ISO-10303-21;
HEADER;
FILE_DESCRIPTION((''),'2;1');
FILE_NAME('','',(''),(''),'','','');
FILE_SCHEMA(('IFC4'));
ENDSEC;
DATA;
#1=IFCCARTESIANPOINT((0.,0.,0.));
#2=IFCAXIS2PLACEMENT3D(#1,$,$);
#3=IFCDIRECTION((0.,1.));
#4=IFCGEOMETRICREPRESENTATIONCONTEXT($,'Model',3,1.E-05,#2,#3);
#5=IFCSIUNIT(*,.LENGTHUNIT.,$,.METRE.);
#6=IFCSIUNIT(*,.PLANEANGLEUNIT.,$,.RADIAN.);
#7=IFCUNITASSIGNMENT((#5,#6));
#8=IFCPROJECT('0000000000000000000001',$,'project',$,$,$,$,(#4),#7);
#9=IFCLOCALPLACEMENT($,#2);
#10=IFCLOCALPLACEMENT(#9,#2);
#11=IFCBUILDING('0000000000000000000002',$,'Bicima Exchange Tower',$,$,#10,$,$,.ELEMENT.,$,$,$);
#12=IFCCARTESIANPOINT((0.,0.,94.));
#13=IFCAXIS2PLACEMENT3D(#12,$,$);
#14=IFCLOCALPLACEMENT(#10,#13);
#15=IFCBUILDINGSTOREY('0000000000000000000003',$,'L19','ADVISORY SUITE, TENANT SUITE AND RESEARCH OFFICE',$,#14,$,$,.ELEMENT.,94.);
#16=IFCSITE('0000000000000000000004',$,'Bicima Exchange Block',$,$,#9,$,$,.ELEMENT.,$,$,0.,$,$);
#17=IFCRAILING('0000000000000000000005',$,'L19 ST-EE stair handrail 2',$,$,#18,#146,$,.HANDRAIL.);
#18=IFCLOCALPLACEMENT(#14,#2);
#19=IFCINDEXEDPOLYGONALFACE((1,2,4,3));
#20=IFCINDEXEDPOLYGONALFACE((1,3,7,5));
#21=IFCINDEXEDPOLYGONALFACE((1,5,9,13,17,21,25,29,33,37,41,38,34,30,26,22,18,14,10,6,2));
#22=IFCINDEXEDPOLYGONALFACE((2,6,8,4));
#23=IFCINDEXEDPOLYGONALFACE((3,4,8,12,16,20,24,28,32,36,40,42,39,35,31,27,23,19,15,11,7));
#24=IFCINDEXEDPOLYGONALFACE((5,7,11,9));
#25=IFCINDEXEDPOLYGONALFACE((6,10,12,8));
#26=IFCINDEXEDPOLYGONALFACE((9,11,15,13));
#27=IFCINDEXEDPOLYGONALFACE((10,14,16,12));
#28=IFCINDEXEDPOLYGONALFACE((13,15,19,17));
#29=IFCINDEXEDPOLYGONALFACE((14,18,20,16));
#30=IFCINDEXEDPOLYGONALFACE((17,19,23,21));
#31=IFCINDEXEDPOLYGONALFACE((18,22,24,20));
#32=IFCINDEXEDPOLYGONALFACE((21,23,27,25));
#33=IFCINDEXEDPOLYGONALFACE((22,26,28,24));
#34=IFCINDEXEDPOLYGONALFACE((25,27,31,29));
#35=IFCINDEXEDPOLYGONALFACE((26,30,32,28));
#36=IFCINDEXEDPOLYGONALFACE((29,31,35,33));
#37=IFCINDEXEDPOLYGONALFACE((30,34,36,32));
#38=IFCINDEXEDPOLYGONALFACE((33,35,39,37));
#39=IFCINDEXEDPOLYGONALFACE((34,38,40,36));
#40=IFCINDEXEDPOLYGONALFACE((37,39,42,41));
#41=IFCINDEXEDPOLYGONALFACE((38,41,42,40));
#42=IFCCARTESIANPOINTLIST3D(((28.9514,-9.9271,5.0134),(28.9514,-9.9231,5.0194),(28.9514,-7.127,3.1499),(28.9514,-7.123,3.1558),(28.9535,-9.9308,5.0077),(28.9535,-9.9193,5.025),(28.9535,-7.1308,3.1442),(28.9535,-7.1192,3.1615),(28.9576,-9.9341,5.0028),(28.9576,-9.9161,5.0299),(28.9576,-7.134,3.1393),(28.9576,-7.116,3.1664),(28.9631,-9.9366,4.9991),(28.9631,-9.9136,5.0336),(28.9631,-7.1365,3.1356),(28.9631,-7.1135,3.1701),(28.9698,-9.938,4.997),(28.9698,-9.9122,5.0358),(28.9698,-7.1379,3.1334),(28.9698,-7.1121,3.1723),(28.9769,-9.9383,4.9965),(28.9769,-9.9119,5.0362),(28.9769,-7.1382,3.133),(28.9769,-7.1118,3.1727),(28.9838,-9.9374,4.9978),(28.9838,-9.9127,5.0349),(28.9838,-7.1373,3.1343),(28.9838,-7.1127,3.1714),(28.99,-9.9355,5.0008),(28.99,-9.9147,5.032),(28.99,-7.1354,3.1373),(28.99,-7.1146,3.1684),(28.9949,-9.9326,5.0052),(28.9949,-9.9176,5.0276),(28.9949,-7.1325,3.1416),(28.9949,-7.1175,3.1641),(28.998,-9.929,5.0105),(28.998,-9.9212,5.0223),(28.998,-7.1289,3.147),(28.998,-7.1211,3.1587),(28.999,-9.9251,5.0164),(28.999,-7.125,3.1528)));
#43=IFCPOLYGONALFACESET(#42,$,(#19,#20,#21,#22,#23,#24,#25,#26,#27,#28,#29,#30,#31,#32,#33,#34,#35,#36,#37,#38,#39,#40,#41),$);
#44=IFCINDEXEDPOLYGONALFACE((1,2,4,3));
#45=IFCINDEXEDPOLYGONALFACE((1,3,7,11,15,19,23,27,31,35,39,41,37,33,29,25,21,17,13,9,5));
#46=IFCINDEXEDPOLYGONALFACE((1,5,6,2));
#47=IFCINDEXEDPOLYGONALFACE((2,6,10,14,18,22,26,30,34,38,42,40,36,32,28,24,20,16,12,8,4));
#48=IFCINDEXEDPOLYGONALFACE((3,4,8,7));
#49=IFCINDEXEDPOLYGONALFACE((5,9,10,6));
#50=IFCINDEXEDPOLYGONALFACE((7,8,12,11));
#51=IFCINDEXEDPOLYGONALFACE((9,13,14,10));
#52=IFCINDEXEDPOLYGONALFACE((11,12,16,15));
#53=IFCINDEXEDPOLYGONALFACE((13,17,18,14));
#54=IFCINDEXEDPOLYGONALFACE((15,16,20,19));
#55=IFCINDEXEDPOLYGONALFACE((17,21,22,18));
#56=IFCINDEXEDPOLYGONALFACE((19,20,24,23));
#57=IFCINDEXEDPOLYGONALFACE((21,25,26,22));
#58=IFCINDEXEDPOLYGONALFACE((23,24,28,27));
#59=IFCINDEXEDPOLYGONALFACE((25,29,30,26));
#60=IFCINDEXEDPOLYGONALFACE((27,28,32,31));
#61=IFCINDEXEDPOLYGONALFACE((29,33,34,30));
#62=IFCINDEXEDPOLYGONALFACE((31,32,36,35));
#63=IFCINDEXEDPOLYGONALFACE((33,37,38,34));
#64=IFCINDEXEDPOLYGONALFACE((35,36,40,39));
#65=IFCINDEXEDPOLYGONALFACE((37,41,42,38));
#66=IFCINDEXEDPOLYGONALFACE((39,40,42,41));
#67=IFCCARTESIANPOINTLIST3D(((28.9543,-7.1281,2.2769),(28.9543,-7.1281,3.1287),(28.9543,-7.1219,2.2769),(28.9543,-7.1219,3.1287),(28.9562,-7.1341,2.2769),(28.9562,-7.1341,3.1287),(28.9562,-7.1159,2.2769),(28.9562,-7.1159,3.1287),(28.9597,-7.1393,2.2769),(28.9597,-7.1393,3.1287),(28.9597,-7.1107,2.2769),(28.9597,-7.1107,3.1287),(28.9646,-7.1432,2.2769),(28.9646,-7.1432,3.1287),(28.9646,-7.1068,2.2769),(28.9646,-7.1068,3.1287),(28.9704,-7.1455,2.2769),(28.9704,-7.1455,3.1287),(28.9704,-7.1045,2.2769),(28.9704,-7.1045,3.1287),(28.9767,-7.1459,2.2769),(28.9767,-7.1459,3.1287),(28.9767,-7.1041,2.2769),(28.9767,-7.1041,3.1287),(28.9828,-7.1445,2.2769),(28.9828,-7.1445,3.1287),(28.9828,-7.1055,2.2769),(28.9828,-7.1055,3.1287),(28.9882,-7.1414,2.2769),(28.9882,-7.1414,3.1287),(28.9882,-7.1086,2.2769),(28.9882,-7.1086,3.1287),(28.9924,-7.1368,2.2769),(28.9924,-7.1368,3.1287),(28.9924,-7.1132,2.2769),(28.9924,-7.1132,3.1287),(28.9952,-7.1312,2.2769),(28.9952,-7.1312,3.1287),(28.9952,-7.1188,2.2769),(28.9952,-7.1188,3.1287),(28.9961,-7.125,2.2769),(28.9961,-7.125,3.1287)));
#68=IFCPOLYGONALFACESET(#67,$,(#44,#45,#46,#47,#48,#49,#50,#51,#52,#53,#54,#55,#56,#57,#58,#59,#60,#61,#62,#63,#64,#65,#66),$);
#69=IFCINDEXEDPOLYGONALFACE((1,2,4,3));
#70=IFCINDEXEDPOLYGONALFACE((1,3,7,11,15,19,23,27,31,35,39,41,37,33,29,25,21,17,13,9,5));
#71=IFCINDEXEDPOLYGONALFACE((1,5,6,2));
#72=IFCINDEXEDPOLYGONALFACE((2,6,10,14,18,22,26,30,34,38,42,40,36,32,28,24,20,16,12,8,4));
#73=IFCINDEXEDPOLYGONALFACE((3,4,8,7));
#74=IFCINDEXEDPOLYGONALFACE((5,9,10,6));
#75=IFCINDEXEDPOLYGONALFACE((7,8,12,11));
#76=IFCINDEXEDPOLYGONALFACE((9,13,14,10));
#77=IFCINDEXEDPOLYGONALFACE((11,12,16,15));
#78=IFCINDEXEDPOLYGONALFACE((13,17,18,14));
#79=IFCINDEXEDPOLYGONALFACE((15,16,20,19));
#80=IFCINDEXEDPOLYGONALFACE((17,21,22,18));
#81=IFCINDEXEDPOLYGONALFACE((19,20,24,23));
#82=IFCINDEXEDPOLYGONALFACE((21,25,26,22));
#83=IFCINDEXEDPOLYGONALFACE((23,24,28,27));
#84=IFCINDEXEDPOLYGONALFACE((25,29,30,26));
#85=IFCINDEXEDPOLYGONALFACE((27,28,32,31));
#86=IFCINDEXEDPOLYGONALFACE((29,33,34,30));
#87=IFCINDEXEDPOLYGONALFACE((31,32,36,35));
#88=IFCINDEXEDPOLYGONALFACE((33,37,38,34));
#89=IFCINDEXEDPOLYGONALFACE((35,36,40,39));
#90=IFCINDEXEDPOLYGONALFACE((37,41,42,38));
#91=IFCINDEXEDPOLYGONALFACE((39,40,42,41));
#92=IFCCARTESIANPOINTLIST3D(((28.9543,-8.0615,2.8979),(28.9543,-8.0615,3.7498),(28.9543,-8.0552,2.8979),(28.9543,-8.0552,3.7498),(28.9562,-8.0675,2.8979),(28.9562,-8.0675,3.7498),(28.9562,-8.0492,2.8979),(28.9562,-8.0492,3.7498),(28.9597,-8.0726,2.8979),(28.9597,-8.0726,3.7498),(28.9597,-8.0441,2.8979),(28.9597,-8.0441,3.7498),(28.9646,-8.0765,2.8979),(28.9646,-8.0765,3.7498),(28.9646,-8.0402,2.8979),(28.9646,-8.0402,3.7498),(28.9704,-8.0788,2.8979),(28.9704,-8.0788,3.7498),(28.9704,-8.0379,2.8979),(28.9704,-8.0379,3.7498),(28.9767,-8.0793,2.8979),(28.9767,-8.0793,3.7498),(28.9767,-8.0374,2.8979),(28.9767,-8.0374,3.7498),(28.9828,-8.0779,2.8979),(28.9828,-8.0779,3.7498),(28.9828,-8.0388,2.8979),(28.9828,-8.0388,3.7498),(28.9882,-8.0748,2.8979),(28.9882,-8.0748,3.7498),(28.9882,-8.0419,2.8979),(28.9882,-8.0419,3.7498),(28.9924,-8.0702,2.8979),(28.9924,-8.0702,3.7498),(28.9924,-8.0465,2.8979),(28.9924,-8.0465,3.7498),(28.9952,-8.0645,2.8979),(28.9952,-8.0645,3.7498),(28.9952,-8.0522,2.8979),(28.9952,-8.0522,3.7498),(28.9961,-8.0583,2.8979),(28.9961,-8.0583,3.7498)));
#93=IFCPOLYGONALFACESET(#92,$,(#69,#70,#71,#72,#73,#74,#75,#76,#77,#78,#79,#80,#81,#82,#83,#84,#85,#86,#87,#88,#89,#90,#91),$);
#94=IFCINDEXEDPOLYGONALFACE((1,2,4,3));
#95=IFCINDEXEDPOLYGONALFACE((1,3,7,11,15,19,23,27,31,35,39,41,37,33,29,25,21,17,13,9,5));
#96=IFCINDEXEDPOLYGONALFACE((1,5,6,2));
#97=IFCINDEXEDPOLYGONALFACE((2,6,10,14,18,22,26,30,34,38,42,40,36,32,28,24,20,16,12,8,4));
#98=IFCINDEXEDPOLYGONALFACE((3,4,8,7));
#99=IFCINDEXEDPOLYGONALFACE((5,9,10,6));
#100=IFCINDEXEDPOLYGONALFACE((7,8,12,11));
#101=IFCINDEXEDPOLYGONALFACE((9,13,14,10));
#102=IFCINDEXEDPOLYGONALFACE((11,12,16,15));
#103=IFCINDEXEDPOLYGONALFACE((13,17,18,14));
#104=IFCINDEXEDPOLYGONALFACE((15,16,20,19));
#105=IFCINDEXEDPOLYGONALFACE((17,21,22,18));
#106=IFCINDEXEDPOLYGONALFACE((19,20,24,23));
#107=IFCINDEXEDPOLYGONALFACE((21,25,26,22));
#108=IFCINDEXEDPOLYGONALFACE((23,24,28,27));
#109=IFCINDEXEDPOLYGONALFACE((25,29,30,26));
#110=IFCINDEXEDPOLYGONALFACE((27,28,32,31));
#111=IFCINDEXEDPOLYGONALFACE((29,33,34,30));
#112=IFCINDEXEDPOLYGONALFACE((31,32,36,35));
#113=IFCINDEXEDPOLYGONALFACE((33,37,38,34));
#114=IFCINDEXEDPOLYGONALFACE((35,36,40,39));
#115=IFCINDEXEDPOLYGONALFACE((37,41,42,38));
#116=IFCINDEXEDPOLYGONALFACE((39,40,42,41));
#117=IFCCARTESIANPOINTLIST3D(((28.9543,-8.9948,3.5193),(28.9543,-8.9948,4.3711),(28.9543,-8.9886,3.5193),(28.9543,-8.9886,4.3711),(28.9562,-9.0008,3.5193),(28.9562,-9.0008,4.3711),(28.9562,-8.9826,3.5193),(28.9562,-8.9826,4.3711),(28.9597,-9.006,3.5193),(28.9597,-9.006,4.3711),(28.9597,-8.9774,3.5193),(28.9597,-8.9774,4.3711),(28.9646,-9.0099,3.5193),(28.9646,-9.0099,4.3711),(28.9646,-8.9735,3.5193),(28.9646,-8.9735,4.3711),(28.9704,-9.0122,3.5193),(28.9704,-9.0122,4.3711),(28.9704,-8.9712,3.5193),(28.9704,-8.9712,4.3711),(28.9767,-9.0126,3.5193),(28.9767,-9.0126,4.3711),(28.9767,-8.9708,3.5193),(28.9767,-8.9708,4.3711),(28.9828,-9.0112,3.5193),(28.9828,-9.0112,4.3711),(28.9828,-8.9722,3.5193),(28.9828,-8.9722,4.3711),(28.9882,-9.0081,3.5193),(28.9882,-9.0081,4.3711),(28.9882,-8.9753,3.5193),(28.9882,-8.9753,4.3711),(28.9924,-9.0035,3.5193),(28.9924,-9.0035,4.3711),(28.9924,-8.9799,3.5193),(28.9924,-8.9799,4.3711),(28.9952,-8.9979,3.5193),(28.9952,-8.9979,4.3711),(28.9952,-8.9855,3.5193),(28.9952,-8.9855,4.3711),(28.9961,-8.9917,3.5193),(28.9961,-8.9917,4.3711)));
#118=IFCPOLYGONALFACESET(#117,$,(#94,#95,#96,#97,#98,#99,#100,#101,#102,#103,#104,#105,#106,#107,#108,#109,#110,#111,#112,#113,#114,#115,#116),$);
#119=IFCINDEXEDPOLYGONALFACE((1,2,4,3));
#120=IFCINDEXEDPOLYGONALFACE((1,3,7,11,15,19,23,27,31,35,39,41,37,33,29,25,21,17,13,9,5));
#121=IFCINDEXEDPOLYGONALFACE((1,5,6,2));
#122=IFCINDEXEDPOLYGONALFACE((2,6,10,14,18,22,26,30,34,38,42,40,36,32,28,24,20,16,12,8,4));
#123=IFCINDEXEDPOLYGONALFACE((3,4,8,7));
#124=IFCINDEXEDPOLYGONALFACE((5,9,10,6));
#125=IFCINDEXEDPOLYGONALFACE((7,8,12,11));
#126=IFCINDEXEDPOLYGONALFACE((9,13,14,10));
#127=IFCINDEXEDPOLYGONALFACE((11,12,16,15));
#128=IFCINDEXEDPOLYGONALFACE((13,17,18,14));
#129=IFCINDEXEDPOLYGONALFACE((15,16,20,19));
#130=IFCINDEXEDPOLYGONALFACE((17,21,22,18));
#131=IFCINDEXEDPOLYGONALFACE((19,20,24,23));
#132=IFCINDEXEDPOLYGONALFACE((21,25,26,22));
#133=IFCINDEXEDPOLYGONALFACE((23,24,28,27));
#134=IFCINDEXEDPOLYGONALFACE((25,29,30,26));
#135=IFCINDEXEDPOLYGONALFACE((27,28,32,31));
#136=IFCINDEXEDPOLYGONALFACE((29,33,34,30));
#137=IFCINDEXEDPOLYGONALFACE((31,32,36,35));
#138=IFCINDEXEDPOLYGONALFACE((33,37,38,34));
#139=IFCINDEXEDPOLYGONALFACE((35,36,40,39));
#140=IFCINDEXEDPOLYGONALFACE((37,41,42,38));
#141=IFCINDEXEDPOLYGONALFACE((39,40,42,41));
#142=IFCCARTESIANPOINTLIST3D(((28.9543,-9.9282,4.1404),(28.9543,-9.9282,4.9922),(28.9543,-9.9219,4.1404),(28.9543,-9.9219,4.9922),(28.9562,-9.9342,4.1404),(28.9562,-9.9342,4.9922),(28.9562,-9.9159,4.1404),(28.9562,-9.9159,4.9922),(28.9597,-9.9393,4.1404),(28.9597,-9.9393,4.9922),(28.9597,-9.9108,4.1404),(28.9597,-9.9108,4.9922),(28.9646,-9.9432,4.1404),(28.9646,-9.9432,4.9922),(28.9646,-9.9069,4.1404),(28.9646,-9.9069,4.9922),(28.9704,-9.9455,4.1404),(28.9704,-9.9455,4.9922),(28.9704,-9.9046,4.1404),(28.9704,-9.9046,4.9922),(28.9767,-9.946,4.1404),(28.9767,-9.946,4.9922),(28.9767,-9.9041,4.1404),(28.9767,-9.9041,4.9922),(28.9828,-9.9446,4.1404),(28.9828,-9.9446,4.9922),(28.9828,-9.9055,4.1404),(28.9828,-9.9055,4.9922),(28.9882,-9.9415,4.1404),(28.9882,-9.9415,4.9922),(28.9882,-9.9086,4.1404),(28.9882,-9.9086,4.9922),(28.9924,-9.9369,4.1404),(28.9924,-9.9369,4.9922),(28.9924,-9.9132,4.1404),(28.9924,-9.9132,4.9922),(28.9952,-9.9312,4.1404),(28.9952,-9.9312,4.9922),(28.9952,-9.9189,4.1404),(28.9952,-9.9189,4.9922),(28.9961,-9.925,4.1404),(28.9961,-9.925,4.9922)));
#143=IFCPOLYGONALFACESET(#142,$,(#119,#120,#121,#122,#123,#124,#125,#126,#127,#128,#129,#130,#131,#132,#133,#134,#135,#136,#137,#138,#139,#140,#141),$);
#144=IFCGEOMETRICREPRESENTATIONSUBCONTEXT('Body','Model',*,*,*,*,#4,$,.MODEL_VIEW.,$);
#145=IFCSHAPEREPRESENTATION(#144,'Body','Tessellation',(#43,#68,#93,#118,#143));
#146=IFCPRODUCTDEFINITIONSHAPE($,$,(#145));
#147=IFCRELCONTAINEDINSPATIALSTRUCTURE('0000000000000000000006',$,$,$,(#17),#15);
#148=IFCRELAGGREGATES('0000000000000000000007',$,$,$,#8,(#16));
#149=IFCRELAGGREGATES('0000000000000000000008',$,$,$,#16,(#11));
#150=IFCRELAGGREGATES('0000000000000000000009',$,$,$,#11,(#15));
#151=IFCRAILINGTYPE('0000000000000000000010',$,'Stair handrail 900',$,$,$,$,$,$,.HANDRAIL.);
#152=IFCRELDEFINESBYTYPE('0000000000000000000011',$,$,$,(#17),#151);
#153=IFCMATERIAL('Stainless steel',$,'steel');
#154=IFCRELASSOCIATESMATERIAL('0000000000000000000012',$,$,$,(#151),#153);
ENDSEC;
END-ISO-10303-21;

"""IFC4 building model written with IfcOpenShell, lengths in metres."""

from ifc_helpers import new_model, si_unit, direction, frame, origin, origin_2d, place, context, subcontext, project, spatial, circle, extrude, material, type_object, element, save


model = new_model("IFC4")

# Units and contexts
model_context = context("Model", 3, precision=1e-05, world=origin(), true_north=direction((0.0, 1.0)))
body_context = subcontext(model_context, "Body", "Model", "MODEL_VIEW")
ifc_project = project(units=[si_unit("LENGTHUNIT", "METRE"), si_unit("PLANEANGLEUNIT", "RADIAN")], contexts=[model_context])

# Site, building, storey
site_placement = place(None, origin())
site = spatial("IfcSite", under=ifc_project, at=site_placement, Name="Bicima Exchange Block", CompositionType="ELEMENT", RefElevation=0.0)
building_placement = place(site_placement, origin())
building = spatial("IfcBuilding", under=site, at=building_placement, Name="Bicima Exchange Tower", CompositionType="ELEMENT")
storey_placement = place(building_placement, frame((0.0, 0.0, 94.0)))
storey = spatial("IfcBuildingStorey", under=building, at=storey_placement, Name="L19", Description="ADVISORY SUITE, TENANT SUITE AND RESEARCH OFFICE", CompositionType="ELEMENT", Elevation=94.0)

# Railing
ifc_material_1 = material(Name="Stainless steel", Category="steel")
railing_type = type_object("IfcRailingType", Name="Stair handrail 900", PredefinedType="HANDRAIL", material=ifc_material_1)
railing_1_placement = place(storey_placement, frame((28.9751, -7.125, 2.2769)))
element("IfcRailing", 1, at=railing_1_placement, inside=storey, type_object=railing_type, Name="L19 ST-EE stair handrail 2", PredefinedType="HANDRAIL", context=body_context, shape_type="SweptSolid", body=[
    extrude(circle(Radius=0.0239, at=origin_2d()), frame((0.0, 0.0, 0.876), z_axis=(0.0, -0.832486, 0.554047), x_axis=(1.0, 0.0, 0.0)), (0.0, 0.0, 1.0), 3.3635),
    extrude(circle(Radius=0.021, at=origin_2d()), origin(), (0.0, 0.0, 1.0), 0.8518),
    extrude(circle(Radius=0.021, at=origin_2d()), frame((0.0, -0.9333, 0.6211)), (0.0, 0.0, 1.0), 0.8518),
    extrude(circle(Radius=0.021, at=origin_2d()), frame((0.0, -1.8667, 1.2424)), (0.0, 0.0, 1.0), 0.8518),
    extrude(circle(Radius=0.021, at=origin_2d()), frame((0.0, -2.8, 1.8635)), (0.0, 0.0, 1.0), 0.8518),
])

save(model, "model.ifc")
